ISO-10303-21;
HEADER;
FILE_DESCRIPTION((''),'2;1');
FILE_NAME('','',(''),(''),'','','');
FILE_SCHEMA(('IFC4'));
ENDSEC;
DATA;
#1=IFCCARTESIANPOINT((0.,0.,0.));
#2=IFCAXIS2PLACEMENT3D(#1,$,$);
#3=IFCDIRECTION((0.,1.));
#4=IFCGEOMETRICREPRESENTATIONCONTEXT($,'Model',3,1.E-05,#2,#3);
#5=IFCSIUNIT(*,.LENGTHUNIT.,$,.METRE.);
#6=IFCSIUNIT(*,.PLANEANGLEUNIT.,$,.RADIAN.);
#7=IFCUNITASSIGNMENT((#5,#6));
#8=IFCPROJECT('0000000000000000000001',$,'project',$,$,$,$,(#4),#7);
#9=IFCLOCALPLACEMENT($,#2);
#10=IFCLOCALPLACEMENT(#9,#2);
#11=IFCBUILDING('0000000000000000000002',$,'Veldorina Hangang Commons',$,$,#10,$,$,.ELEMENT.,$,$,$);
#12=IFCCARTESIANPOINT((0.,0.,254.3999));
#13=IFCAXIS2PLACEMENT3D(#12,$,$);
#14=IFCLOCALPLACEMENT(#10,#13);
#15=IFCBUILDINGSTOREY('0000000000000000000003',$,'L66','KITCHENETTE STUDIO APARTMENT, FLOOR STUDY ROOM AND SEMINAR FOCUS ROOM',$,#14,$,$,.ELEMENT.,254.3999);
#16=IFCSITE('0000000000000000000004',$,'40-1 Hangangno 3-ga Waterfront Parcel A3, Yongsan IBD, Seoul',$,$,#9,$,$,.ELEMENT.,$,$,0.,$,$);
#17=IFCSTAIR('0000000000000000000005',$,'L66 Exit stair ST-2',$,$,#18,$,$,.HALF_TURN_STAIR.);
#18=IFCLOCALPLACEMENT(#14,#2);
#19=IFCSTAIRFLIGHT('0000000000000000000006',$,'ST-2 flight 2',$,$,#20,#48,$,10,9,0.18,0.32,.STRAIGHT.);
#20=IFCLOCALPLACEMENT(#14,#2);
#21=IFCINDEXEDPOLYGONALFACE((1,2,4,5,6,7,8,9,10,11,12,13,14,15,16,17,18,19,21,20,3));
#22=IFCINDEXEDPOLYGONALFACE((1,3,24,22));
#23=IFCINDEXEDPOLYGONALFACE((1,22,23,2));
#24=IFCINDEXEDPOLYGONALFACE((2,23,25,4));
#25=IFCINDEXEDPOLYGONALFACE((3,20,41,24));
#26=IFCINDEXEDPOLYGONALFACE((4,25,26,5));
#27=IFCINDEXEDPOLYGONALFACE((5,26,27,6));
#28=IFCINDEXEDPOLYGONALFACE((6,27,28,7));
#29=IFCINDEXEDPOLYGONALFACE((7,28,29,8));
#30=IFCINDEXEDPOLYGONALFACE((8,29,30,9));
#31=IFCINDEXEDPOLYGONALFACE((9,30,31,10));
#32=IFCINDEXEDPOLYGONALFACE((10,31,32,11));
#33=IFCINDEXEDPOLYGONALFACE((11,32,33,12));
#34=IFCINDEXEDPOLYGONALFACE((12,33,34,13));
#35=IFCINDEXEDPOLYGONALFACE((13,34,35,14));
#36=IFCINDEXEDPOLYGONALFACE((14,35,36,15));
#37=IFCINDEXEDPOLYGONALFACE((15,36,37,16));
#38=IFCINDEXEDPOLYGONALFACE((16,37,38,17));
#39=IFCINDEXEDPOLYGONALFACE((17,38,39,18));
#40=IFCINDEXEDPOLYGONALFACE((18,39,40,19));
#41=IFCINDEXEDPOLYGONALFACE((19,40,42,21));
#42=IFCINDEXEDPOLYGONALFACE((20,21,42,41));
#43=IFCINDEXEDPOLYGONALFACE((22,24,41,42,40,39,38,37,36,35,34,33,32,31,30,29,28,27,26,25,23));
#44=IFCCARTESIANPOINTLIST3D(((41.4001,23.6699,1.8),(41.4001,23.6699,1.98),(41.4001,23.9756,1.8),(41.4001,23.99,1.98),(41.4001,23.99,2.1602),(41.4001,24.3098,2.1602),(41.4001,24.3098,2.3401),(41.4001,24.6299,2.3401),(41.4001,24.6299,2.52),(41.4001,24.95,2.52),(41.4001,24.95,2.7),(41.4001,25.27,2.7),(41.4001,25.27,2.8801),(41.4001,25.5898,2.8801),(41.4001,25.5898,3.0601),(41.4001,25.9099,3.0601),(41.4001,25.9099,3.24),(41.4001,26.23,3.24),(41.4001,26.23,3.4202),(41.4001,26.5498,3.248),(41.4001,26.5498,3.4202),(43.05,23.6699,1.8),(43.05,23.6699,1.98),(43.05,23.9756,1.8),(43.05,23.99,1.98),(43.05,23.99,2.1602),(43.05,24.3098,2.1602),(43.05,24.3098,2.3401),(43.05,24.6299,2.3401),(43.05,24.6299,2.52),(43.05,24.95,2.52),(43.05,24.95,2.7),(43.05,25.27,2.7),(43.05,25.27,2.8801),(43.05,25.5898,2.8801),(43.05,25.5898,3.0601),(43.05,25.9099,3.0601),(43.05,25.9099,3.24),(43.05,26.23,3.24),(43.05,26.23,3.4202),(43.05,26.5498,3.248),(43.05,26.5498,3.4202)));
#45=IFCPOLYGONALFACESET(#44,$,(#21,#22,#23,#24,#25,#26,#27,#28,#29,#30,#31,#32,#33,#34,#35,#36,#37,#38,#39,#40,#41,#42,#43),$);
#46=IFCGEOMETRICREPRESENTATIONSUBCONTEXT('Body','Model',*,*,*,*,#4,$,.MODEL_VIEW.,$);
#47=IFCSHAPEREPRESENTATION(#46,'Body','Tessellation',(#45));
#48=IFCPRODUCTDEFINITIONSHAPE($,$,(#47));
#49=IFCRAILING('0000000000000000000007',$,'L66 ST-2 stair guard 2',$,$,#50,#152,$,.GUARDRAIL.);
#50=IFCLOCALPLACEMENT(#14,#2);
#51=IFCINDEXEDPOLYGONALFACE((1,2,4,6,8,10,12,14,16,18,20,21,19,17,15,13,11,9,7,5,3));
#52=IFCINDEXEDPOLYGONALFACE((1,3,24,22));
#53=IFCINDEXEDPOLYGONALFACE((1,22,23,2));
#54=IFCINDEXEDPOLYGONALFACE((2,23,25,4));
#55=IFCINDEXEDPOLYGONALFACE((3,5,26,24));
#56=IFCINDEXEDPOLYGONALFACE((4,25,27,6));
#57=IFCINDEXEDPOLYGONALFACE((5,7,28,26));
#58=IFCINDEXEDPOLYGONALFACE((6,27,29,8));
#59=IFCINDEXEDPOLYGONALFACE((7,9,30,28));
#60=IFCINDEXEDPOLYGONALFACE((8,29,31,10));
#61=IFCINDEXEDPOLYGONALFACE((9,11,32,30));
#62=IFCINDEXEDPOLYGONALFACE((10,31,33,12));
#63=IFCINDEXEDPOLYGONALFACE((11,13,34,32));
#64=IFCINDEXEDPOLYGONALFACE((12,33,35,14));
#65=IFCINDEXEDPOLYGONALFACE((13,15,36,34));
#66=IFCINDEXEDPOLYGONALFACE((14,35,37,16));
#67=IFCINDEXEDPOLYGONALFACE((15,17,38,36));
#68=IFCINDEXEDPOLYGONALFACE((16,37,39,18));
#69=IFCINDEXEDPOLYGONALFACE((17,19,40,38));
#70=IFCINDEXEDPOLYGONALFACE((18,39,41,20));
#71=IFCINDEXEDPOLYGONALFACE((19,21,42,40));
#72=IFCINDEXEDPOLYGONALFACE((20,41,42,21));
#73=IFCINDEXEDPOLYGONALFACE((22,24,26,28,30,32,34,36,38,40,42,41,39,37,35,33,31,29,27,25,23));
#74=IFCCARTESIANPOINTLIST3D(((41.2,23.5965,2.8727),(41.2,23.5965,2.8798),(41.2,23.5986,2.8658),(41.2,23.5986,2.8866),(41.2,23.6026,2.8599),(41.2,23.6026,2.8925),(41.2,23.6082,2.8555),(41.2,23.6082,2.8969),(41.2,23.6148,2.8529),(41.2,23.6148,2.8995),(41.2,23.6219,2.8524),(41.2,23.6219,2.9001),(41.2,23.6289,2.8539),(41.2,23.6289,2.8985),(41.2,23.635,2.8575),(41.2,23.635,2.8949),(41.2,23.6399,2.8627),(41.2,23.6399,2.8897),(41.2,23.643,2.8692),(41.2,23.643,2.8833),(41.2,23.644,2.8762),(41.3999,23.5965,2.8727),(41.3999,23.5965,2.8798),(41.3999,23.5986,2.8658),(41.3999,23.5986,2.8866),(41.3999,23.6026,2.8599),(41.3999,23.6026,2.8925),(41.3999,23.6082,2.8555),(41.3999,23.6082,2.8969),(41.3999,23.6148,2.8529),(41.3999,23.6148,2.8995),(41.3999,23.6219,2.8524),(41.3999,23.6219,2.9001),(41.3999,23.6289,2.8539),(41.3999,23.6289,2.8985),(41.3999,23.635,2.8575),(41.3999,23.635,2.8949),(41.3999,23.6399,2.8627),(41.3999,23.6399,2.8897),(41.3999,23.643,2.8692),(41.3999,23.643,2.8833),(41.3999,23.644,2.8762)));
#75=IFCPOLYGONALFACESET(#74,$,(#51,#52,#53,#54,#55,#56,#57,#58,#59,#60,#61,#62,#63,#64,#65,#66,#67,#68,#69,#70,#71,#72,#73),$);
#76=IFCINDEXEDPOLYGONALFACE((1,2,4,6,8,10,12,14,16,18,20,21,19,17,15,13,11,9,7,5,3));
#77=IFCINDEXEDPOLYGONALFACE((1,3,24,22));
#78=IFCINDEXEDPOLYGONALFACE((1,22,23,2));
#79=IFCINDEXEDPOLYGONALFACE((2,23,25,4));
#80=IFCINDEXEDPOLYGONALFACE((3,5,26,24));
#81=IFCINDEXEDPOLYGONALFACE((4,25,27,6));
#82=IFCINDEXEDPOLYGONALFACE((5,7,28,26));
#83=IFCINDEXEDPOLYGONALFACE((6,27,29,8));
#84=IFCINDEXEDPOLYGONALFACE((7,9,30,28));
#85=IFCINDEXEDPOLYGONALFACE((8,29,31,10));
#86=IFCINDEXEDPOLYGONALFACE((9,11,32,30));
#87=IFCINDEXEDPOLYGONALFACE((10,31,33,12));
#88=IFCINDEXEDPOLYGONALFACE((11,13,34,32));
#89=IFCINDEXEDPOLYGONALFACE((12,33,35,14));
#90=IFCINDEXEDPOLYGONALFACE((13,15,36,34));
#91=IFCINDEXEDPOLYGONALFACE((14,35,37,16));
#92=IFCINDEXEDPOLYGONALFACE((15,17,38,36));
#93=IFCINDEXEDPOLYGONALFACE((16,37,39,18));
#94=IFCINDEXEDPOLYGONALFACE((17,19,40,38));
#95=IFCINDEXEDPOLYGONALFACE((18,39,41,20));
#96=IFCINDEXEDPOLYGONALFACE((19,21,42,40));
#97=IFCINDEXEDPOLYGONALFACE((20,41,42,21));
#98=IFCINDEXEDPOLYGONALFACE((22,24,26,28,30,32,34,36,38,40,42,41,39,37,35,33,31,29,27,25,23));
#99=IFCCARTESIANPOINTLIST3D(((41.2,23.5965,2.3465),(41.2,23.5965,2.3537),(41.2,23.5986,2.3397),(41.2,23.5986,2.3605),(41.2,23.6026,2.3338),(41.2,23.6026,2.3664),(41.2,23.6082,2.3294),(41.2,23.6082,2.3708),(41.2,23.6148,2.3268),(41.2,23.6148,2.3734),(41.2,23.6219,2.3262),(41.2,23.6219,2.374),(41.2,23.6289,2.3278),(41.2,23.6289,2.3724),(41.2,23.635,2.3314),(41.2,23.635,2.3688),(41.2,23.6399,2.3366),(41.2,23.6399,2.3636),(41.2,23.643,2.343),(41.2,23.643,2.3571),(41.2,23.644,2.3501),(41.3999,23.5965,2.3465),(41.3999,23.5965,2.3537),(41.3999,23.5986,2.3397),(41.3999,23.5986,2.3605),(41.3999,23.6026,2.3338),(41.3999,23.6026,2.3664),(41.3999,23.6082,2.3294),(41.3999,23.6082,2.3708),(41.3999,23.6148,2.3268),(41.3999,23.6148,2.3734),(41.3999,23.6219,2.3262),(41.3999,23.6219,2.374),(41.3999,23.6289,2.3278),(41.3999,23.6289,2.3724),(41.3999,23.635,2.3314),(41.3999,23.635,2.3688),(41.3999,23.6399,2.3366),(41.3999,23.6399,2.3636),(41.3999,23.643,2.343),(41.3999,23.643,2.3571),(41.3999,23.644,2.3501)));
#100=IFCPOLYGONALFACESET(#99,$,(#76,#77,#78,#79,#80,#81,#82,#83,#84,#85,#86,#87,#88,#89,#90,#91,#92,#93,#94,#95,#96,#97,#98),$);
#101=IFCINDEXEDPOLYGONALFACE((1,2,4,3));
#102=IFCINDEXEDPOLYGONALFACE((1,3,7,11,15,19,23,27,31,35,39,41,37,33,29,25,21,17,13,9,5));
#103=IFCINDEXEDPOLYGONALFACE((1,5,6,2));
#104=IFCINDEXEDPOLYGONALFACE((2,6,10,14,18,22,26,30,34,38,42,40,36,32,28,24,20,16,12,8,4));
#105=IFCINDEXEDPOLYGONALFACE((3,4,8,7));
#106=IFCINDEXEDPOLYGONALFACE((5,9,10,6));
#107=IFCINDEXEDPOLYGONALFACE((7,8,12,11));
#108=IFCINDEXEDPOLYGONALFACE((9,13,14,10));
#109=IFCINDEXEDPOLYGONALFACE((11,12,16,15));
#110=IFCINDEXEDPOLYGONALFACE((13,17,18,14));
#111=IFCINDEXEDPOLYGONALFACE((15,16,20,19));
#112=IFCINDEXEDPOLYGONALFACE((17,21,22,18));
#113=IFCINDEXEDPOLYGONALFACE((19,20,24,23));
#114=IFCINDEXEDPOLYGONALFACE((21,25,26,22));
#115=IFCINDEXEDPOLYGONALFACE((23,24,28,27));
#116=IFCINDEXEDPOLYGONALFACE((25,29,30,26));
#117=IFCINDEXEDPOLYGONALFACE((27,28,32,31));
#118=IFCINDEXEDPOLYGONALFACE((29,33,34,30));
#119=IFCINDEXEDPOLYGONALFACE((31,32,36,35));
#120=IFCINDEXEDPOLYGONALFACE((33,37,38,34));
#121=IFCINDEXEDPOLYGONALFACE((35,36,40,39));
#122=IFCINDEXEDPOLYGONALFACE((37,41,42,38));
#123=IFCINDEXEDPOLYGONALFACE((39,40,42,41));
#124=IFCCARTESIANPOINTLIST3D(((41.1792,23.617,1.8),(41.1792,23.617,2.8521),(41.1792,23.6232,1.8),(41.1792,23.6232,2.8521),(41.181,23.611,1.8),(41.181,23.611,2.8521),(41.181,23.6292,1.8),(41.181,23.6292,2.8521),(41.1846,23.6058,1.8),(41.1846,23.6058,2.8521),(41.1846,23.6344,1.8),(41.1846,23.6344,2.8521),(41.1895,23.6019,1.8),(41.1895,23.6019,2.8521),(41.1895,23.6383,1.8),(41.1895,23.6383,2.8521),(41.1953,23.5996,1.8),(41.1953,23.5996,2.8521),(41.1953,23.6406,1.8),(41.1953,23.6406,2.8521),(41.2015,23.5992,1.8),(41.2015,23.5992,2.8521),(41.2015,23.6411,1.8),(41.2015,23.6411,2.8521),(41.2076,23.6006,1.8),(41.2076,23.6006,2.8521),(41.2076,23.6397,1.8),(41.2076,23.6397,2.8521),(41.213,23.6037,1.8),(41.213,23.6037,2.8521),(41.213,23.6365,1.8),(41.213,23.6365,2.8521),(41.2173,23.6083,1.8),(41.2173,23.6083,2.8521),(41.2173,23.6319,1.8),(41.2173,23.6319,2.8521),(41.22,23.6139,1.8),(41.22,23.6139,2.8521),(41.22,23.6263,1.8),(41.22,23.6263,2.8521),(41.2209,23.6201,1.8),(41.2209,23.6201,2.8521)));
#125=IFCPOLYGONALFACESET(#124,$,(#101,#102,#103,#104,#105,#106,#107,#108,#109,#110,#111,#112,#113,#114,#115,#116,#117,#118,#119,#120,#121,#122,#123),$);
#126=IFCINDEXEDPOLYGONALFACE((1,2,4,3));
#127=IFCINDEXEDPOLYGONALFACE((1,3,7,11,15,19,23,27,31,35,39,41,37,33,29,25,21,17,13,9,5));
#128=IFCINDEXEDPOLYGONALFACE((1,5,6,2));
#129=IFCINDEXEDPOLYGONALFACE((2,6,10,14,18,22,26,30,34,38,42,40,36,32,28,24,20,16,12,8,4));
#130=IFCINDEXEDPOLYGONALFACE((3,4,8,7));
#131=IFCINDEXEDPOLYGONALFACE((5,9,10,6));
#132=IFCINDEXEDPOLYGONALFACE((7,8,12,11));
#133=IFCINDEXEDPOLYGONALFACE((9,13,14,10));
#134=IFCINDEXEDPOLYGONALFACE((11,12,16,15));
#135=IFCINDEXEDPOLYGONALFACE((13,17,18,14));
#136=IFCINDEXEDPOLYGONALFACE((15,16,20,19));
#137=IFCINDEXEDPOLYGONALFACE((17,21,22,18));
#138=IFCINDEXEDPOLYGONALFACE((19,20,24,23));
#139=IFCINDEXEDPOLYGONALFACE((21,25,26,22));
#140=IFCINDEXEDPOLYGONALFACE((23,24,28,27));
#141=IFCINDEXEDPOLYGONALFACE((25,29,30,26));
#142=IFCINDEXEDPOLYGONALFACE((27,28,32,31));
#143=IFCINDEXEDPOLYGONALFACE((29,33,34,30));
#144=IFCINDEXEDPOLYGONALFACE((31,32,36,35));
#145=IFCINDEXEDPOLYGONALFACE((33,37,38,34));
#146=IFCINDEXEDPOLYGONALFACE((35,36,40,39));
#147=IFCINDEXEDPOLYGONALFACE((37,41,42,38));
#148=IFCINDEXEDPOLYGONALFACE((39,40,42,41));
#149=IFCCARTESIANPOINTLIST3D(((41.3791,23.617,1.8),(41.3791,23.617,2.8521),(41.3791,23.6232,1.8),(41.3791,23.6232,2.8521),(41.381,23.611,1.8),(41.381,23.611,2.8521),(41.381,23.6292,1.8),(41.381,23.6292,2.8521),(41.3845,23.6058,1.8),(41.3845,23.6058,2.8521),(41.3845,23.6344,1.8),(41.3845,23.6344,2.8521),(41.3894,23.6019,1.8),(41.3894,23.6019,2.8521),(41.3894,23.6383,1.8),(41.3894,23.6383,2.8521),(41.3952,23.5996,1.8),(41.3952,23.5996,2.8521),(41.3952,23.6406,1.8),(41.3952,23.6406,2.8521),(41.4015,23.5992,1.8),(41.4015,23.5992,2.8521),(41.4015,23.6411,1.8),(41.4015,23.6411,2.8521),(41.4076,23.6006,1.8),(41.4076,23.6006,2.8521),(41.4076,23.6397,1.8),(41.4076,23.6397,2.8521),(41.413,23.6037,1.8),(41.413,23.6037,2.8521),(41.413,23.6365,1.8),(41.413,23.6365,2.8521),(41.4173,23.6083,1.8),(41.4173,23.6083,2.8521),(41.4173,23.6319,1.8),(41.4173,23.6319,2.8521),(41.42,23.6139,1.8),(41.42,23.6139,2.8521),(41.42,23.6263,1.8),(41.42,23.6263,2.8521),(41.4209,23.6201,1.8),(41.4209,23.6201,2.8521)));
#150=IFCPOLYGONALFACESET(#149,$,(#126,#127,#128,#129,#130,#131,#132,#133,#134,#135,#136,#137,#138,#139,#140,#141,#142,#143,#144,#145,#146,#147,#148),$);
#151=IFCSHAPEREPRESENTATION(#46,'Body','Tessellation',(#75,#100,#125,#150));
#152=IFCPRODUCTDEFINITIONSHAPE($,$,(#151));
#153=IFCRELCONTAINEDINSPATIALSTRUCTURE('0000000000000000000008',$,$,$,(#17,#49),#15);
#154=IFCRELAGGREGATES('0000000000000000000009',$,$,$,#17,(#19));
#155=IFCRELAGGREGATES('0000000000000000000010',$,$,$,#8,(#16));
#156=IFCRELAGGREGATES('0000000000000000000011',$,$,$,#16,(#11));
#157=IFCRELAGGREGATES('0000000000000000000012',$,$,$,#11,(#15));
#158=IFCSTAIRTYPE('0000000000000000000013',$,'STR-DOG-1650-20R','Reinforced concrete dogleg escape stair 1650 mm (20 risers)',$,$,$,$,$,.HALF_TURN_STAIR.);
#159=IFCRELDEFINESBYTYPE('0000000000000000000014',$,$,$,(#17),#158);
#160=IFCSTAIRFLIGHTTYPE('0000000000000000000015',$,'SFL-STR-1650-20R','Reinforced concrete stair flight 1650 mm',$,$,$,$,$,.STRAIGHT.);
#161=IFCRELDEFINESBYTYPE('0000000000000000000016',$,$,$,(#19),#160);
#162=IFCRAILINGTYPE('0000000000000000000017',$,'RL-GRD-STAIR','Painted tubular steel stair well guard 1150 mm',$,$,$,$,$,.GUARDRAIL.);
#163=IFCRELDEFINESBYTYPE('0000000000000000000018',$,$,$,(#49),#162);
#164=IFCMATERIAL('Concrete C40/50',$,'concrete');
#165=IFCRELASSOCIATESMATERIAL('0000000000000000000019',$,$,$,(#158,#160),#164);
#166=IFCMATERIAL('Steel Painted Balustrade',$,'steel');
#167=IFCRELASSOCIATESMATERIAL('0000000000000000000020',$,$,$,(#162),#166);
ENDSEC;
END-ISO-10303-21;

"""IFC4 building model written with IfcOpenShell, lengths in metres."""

from ifc_helpers import new_model, si_unit, direction, frame, origin, origin_2d, place, context, subcontext, project, spatial, polyline, circle, outline, extrude, material, type_object, element, aggregate, save


model = new_model("IFC4")

# Units and contexts
model_context = context("Model", 3, precision=1e-05, world=origin(), true_north=direction((0.0, 1.0)))
body_context = subcontext(model_context, "Body", "Model", "MODEL_VIEW")
ifc_project = project(units=[si_unit("LENGTHUNIT", "METRE"), si_unit("PLANEANGLEUNIT", "RADIAN")], contexts=[model_context])

# Site, building, storey
site_placement = place(None, origin())
site = spatial("IfcSite", under=ifc_project, at=site_placement, Name="40-1 Hangangno 3-ga Waterfront Parcel A3, Yongsan IBD, Seoul", CompositionType="ELEMENT", RefElevation=0.0)
building_placement = place(site_placement, origin())
building = spatial("IfcBuilding", under=site, at=building_placement, Name="Veldorina Hangang Commons", CompositionType="ELEMENT")
storey_placement = place(building_placement, frame((0.0, 0.0, 254.3999)))
storey = spatial("IfcBuildingStorey", under=building, at=storey_placement, Name="L66", Description="KITCHENETTE STUDIO APARTMENT, FLOOR STUDY ROOM AND SEMINAR FOCUS ROOM", CompositionType="ELEMENT", Elevation=254.3999)

# Stair, stair flight
ifc_material_1 = material(Name="Concrete C40/50", Category="concrete")
stair_type = type_object("IfcStairType", Name="STR-DOG-1650-20R", Description="Reinforced concrete dogleg escape stair 1650 mm (20 risers)", PredefinedType="HALF_TURN_STAIR", material=ifc_material_1)
stair_placement = place(storey_placement, origin())
stair = element("IfcStair", 1, at=stair_placement, inside=storey, type_object=stair_type, Name="L66 Exit stair ST-2", PredefinedType="HALF_TURN_STAIR")
stair_flight_type = type_object("IfcStairFlightType", Name="SFL-STR-1650-20R", Description="Reinforced concrete stair flight 1650 mm", PredefinedType="STRAIGHT", material=ifc_material_1)
stair_flight_placement = place(storey_placement, frame((42.2251, 23.6699, 1.8), z_axis=(0.0, 0.0, 1.0), x_axis=(0.0, 1.0, 0.0)))
stair_flight = element("IfcStairFlight", 2, at=stair_flight_placement, type_object=stair_flight_type, Name="ST-2 flight 2", NumberOfRisers=10, NumberOfTreads=9, PredefinedType="STRAIGHT", RiserHeight=0.18, TreadLength=0.32, context=body_context, shape_type="SweptSolid", body=[
    extrude(outline(polyline([(0.0, 0.0), (0.0, 0.1799), (0.3201, 0.1799), (0.3201, 0.3601), (0.6399, 0.3601), (0.6399, 0.54), (0.96, 0.54), (0.96, 0.72), (1.28, 0.72), (1.28, 0.8999), (1.6001, 0.8999), (1.6001, 1.0801), (1.9199, 1.0801), (1.9199, 1.26), (2.24, 1.26), (2.24, 1.4399), (2.5601, 1.4399), (2.5601, 1.6201), (2.8799, 1.6201), (2.8799, 1.8), (2.8799, 1.448), (0.3057, 0.0), (0.0, 0.0)])), frame((0.0, 0.825, 0.0), z_axis=(0.0, -1.0, 0.0), x_axis=(1.0, 0.0, 0.0)), (0.0, 0.0, 1.0), 1.6499),
])
aggregate(stair, [stair_flight])

# Railing
ifc_material_2 = material(Name="Steel Painted Balustrade", Category="steel")
railing_type_1 = type_object("IfcRailingType", Name="RL-GRD-STAIR", Description="Painted tubular steel stair well guard 1150 mm", PredefinedType="GUARDRAIL", material=ifc_material_2)
railing_1_placement = place(storey_placement, frame((41.2, 23.6201, 1.8)))
element("IfcRailing", 3, at=railing_1_placement, inside=storey, type_object=railing_type_1, Name="L66 ST-2 stair guard 2", PredefinedType="GUARDRAIL", context=body_context, shape_type="SweptSolid", body=[
    extrude(circle(Radius=0.0239, at=origin_2d()), frame((0.0, 0.0, 1.0762), z_axis=(1.0, 0.0, 0.0), x_axis=(0.0, 1.0, 0.0)), (0.0, 0.0, 1.0), 0.2),
    extrude(circle(Radius=0.0239, at=origin_2d()), frame((0.0, 0.0, 0.55), z_axis=(1.0, 0.0, 0.0), x_axis=(0.0, 1.0, 0.0)), (0.0, 0.0, 1.0), 0.2),
    extrude(circle(Radius=0.021, at=origin_2d()), origin(), (0.0, 0.0, 1.0), 1.052),
    extrude(circle(Radius=0.021, at=origin_2d()), frame((0.2, 0.0, 0.0)), (0.0, 0.0, 1.0), 1.052),
])

save(model, "model.ifc")
